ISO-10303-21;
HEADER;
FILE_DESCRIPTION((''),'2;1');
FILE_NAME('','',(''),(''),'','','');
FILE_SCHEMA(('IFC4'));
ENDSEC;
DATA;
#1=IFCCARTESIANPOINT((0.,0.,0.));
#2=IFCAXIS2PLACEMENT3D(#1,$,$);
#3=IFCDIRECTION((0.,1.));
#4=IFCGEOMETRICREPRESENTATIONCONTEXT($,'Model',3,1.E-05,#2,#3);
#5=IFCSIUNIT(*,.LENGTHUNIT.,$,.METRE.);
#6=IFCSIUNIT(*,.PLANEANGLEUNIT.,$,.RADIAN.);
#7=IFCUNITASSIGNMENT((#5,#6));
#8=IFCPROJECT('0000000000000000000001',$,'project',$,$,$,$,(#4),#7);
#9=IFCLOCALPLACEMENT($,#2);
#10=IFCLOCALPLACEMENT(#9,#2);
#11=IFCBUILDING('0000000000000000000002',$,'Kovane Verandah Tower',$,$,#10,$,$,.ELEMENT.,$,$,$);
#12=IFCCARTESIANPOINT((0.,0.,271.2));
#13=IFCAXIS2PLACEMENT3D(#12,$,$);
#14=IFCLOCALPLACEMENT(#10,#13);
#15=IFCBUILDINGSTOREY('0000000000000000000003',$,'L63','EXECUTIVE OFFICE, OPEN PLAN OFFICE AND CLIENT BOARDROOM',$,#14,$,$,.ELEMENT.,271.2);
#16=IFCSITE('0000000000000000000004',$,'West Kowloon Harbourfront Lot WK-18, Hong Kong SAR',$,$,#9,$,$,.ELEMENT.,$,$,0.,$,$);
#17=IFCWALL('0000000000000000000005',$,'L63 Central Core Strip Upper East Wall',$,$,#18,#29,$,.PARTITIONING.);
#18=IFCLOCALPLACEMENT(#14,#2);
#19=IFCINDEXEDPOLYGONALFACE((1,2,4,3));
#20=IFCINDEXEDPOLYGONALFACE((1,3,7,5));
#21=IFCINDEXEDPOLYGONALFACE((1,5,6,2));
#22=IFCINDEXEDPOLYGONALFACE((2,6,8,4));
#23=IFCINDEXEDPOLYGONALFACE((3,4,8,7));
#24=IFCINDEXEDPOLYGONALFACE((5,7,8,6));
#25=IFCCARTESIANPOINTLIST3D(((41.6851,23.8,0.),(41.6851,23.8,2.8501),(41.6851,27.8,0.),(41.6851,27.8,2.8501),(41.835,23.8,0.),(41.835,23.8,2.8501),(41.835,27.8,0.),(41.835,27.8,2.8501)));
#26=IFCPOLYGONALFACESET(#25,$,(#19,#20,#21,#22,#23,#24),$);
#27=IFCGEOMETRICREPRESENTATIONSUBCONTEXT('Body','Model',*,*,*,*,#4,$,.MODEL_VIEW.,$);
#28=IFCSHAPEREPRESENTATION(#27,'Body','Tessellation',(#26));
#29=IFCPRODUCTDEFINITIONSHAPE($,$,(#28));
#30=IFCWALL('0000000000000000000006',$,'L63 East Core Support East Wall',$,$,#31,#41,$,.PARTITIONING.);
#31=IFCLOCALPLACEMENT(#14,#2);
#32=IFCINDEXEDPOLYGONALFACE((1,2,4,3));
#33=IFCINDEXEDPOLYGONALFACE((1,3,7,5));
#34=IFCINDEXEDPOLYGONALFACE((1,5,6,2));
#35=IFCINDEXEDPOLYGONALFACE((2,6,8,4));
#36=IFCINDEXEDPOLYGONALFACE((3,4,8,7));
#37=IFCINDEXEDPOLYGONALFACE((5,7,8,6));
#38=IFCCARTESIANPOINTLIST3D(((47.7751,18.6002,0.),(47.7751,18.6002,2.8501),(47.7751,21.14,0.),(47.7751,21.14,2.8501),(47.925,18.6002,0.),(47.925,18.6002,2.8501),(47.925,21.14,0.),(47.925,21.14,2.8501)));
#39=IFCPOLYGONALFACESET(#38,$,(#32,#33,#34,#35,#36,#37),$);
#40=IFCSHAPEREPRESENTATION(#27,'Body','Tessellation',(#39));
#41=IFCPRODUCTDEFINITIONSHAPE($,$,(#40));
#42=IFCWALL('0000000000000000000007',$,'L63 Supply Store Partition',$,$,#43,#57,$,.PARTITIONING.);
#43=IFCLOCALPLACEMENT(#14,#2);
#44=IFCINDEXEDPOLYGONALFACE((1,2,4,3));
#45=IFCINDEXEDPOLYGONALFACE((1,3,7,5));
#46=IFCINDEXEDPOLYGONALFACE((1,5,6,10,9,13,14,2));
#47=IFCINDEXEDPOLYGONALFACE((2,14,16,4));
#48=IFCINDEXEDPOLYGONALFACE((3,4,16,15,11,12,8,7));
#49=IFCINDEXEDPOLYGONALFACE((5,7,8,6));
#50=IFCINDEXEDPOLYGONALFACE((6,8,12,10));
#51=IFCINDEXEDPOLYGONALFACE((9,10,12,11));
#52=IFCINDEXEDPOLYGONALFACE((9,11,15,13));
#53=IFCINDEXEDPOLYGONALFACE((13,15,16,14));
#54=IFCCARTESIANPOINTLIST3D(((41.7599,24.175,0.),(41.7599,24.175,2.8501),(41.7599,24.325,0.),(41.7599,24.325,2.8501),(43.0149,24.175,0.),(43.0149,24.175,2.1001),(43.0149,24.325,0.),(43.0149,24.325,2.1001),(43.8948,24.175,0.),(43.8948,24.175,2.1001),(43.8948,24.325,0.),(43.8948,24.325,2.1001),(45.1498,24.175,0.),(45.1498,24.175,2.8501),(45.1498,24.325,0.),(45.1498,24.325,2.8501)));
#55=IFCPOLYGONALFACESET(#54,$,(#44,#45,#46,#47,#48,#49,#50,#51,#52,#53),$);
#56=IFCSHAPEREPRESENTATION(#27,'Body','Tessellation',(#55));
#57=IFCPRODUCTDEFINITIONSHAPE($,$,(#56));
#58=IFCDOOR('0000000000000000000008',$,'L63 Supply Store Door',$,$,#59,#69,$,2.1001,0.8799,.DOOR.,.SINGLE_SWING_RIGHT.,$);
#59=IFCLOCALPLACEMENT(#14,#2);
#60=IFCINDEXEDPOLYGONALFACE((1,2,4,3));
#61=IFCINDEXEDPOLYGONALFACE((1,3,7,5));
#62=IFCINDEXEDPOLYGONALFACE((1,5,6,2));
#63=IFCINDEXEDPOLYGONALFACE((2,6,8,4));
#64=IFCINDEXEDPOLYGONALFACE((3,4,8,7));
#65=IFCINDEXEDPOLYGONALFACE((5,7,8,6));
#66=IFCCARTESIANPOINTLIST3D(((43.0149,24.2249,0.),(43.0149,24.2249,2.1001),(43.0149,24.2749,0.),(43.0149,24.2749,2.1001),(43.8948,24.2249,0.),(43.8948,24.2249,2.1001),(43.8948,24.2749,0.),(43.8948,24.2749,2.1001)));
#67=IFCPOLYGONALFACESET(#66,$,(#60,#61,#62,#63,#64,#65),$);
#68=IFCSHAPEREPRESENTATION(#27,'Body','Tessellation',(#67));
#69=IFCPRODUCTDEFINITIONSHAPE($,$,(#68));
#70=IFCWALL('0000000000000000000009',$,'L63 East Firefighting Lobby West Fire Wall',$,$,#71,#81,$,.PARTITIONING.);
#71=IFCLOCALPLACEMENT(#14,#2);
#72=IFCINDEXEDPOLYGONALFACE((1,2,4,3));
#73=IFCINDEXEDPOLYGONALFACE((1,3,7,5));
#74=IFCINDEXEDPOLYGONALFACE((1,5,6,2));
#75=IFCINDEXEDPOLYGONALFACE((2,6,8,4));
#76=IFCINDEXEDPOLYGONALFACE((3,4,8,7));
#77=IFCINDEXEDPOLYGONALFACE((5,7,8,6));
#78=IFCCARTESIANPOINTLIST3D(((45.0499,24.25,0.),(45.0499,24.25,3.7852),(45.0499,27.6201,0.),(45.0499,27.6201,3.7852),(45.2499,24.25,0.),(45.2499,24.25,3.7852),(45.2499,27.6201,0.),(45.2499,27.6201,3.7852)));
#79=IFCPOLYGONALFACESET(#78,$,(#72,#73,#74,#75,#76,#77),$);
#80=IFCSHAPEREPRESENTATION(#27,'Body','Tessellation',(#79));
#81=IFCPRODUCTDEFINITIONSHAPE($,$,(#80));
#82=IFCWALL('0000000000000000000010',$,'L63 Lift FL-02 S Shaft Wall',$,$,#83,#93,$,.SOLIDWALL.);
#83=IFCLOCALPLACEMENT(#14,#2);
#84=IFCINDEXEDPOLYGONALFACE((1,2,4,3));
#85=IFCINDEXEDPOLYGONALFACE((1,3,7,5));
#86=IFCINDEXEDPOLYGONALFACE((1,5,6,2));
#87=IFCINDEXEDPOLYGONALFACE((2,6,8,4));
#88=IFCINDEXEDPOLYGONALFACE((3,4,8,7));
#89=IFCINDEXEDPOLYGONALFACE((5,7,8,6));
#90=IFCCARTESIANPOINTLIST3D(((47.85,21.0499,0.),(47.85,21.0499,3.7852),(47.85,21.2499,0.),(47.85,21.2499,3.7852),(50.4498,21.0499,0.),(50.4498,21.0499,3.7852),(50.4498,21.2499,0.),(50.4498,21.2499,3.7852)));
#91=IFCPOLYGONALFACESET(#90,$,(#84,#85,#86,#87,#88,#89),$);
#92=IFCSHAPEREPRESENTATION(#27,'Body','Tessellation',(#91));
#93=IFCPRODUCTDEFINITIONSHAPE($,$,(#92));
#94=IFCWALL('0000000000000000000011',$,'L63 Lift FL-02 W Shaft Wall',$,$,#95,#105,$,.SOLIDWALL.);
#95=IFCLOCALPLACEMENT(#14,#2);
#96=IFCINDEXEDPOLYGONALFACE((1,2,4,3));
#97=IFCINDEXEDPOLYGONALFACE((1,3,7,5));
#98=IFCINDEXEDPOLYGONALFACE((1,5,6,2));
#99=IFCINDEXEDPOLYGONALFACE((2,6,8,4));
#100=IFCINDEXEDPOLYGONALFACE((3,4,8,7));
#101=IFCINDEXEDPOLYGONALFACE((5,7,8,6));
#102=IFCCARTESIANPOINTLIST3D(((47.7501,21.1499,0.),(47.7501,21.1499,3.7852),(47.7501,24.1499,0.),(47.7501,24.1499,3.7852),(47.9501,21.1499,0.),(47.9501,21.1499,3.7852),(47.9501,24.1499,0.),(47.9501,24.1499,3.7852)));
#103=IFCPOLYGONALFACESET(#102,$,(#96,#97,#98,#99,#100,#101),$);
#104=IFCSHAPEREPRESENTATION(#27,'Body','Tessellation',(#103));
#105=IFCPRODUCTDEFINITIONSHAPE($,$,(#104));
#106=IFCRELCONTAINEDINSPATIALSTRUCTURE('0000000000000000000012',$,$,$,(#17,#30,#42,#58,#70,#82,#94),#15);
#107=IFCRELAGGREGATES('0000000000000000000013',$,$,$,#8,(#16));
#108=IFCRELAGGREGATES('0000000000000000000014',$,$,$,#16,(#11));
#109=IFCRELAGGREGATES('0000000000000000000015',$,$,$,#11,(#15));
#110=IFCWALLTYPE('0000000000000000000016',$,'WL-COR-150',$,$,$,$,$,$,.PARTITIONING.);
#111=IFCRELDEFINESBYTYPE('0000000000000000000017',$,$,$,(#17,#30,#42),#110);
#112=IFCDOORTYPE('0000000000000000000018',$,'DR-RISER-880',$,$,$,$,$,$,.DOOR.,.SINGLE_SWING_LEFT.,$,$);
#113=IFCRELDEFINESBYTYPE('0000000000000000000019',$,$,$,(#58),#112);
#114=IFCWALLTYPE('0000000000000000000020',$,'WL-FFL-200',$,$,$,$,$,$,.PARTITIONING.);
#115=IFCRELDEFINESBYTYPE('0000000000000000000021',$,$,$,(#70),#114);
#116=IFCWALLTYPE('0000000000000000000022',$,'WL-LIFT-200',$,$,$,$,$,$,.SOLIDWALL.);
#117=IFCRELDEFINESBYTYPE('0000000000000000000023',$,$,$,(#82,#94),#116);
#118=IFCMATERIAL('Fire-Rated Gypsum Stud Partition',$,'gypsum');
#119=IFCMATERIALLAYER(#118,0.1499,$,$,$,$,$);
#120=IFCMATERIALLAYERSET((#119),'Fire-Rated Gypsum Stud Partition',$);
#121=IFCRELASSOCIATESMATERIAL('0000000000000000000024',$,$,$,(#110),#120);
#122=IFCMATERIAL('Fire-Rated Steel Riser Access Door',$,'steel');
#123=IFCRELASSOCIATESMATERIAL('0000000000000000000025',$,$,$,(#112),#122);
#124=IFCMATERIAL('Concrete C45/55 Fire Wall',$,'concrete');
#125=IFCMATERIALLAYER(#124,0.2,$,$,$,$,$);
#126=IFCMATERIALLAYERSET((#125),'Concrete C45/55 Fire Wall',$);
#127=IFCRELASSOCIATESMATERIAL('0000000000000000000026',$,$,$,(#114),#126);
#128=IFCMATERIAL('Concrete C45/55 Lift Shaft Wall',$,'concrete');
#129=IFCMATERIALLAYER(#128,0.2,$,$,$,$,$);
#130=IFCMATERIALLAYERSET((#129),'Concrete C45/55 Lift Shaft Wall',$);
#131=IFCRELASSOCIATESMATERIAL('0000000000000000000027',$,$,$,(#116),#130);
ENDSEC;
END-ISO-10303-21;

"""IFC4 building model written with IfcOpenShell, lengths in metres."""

from ifc_helpers import new_model, si_unit, direction, frame, frame_2d, origin, place, context, subcontext, project, spatial, rectangle, extrude, material, layer, layer_set, type_object, element, fill, save


model = new_model("IFC4")

# Units and contexts
model_context = context("Model", 3, precision=1e-05, world=origin(), true_north=direction((0.0, 1.0)))
body_context = subcontext(model_context, "Body", "Model", "MODEL_VIEW")
ifc_project = project(units=[si_unit("LENGTHUNIT", "METRE"), si_unit("PLANEANGLEUNIT", "RADIAN")], contexts=[model_context])

# Site, building, storey
site_placement = place(None, origin())
site = spatial("IfcSite", under=ifc_project, at=site_placement, Name="West Kowloon Harbourfront Lot WK-18, Hong Kong SAR", CompositionType="ELEMENT", RefElevation=0.0)
building_placement = place(site_placement, origin())
building = spatial("IfcBuilding", under=site, at=building_placement, Name="Kovane Verandah Tower", CompositionType="ELEMENT")
storey_placement = place(building_placement, frame((0.0, 0.0, 271.2)))
storey = spatial("IfcBuildingStorey", under=building, at=storey_placement, Name="L63", Description="EXECUTIVE OFFICE, OPEN PLAN OFFICE AND CLIENT BOARDROOM", CompositionType="ELEMENT", Elevation=271.2)

# Walls
ifc_material_1 = material(Name="Fire-Rated Gypsum Stud Partition", Category="gypsum")
ifc_layer_1 = layer(ifc_material_1, 0.1499)
ifc_layer_set_1 = layer_set([ifc_layer_1], Name="Fire-Rated Gypsum Stud Partition")
wall_type_1 = type_object("IfcWallType", Name="WL-COR-150", PredefinedType="PARTITIONING", material=ifc_layer_set_1)
wall_1_placement = place(storey_placement, frame((41.76, 23.8, 0.0), z_axis=(0.0, 0.0, 1.0), x_axis=(0.0, 1.0, 0.0)))
element("IfcWall", 1, at=wall_1_placement, inside=storey, type_object=wall_type_1, Name="L63 Central Core Strip Upper East Wall", PredefinedType="PARTITIONING", context=body_context, shape_type="SweptSolid", body=[
    extrude(rectangle(XDim=4.0, YDim=0.1499, at=frame_2d((2.0, 0.0))), origin(), (0.0, 0.0, 1.0), 2.8501),
])
wall_2_placement = place(storey_placement, frame((47.8501, 18.6001, 0.0), z_axis=(0.0, 0.0, 1.0), x_axis=(0.0, 1.0, 0.0)))
element("IfcWall", 2, at=wall_2_placement, inside=storey, type_object=wall_type_1, Name="L63 East Core Support East Wall", PredefinedType="PARTITIONING", context=body_context, shape_type="SweptSolid", body=[
    extrude(rectangle(XDim=2.5398, YDim=0.1499, at=frame_2d((1.27, 0.0))), origin(), (0.0, 0.0, 1.0), 2.8501),
])

# Wall, opening, door
wall_3_placement = place(storey_placement, frame((41.76, 24.25, 0.0), z_axis=(0.0, 0.0, 1.0), x_axis=(1.0, 0.0, 0.0)))
wall_3 = element("IfcWall", 3, at=wall_3_placement, inside=storey, type_object=wall_type_1, Name="L63 Supply Store Partition", PredefinedType="PARTITIONING", context=body_context, shape_type="SweptSolid", body=[
    extrude(rectangle(XDim=3.3899, YDim=0.1499, at=frame_2d((1.6948, 0.0))), origin(), (0.0, 0.0, 1.0), 2.8501),
])
opening_1_placement = place(wall_3_placement, frame((1.2549, 0.0, 0.0)))
opening_1 = element("IfcOpeningElement", 4, at=opening_1_placement, cuts=wall_3, PredefinedType="OPENING", context=body_context, shape_type="SweptSolid", body=[
    extrude(rectangle(XDim=0.8799, YDim=2.1001, at=frame_2d((0.4399, 1.05))), frame((0.0, 0.075, 0.0), z_axis=(0.0, -1.0, 0.0), x_axis=(1.0, 0.0, 0.0)), (0.0, 0.0, 1.0), 0.1499),
])
ifc_material_2 = material(Name="Fire-Rated Steel Riser Access Door", Category="steel")
door_type_1 = type_object("IfcDoorType", Name="DR-RISER-880", OperationType="SINGLE_SWING_LEFT", PredefinedType="DOOR", material=ifc_material_2)
door_1_placement = place(opening_1_placement, origin())
door_1 = element("IfcDoor", 5, at=door_1_placement, inside=storey, type_object=door_type_1, Name="L63 Supply Store Door", OperationType="SINGLE_SWING_RIGHT", OverallHeight=2.1001, OverallWidth=0.8799, PredefinedType="DOOR", context=body_context, shape_type="SweptSolid", body=[
    extrude(rectangle(XDim=0.8799, YDim=2.1001, at=frame_2d((0.4399, 1.05))), frame((0.0, 0.0249, 0.0), z_axis=(0.0, -1.0, 0.0), x_axis=(1.0, 0.0, 0.0)), (0.0, 0.0, 1.0), 0.05),
])
fill(opening_1, door_1)

# Wall
ifc_material_3 = material(Name="Concrete C45/55 Fire Wall", Category="concrete")
ifc_layer_2 = layer(ifc_material_3, 0.2)
ifc_layer_set_2 = layer_set([ifc_layer_2], Name="Concrete C45/55 Fire Wall")
wall_type_2 = type_object("IfcWallType", Name="WL-FFL-200", PredefinedType="PARTITIONING", material=ifc_layer_set_2)
wall_4_placement = place(storey_placement, frame((45.1499, 24.25, 0.0), z_axis=(0.0, 0.0, 1.0), x_axis=(0.0, 1.0, 0.0)))
element("IfcWall", 6, at=wall_4_placement, inside=storey, type_object=wall_type_2, Name="L63 East Firefighting Lobby West Fire Wall", PredefinedType="PARTITIONING", context=body_context, shape_type="SweptSolid", body=[
    extrude(rectangle(XDim=3.3701, YDim=0.2, at=frame_2d((1.6851, 0.0))), origin(), (0.0, 0.0, 1.0), 3.7852),
])

# Walls
ifc_material_4 = material(Name="Concrete C45/55 Lift Shaft Wall", Category="concrete")
ifc_layer_3 = layer(ifc_material_4, 0.2)
ifc_layer_set_3 = layer_set([ifc_layer_3], Name="Concrete C45/55 Lift Shaft Wall")
wall_type_3 = type_object("IfcWallType", Name="WL-LIFT-200", PredefinedType="SOLIDWALL", material=ifc_layer_set_3)
wall_5_placement = place(storey_placement, frame((47.8501, 21.1499, 0.0), z_axis=(0.0, 0.0, 1.0), x_axis=(1.0, 0.0, 0.0)))
element("IfcWall", 7, at=wall_5_placement, inside=storey, type_object=wall_type_3, Name="L63 Lift FL-02 S Shaft Wall", PredefinedType="SOLIDWALL", context=body_context, shape_type="SweptSolid", body=[
    extrude(rectangle(XDim=2.5999, YDim=0.2, at=frame_2d((1.2998, 0.0))), origin(), (0.0, 0.0, 1.0), 3.7852),
])
wall_6_placement = place(storey_placement, frame((47.8501, 24.1499, 0.0), z_axis=(0.0, 0.0, 1.0), x_axis=(0.0, -1.0, 0.0)))
element("IfcWall", 8, at=wall_6_placement, inside=storey, type_object=wall_type_3, Name="L63 Lift FL-02 W Shaft Wall", PredefinedType="SOLIDWALL", context=body_context, shape_type="SweptSolid", body=[
    extrude(rectangle(XDim=3.0, YDim=0.2, at=frame_2d((1.5, 0.0))), origin(), (0.0, 0.0, 1.0), 3.7852),
])

save(model, "model.ifc")
